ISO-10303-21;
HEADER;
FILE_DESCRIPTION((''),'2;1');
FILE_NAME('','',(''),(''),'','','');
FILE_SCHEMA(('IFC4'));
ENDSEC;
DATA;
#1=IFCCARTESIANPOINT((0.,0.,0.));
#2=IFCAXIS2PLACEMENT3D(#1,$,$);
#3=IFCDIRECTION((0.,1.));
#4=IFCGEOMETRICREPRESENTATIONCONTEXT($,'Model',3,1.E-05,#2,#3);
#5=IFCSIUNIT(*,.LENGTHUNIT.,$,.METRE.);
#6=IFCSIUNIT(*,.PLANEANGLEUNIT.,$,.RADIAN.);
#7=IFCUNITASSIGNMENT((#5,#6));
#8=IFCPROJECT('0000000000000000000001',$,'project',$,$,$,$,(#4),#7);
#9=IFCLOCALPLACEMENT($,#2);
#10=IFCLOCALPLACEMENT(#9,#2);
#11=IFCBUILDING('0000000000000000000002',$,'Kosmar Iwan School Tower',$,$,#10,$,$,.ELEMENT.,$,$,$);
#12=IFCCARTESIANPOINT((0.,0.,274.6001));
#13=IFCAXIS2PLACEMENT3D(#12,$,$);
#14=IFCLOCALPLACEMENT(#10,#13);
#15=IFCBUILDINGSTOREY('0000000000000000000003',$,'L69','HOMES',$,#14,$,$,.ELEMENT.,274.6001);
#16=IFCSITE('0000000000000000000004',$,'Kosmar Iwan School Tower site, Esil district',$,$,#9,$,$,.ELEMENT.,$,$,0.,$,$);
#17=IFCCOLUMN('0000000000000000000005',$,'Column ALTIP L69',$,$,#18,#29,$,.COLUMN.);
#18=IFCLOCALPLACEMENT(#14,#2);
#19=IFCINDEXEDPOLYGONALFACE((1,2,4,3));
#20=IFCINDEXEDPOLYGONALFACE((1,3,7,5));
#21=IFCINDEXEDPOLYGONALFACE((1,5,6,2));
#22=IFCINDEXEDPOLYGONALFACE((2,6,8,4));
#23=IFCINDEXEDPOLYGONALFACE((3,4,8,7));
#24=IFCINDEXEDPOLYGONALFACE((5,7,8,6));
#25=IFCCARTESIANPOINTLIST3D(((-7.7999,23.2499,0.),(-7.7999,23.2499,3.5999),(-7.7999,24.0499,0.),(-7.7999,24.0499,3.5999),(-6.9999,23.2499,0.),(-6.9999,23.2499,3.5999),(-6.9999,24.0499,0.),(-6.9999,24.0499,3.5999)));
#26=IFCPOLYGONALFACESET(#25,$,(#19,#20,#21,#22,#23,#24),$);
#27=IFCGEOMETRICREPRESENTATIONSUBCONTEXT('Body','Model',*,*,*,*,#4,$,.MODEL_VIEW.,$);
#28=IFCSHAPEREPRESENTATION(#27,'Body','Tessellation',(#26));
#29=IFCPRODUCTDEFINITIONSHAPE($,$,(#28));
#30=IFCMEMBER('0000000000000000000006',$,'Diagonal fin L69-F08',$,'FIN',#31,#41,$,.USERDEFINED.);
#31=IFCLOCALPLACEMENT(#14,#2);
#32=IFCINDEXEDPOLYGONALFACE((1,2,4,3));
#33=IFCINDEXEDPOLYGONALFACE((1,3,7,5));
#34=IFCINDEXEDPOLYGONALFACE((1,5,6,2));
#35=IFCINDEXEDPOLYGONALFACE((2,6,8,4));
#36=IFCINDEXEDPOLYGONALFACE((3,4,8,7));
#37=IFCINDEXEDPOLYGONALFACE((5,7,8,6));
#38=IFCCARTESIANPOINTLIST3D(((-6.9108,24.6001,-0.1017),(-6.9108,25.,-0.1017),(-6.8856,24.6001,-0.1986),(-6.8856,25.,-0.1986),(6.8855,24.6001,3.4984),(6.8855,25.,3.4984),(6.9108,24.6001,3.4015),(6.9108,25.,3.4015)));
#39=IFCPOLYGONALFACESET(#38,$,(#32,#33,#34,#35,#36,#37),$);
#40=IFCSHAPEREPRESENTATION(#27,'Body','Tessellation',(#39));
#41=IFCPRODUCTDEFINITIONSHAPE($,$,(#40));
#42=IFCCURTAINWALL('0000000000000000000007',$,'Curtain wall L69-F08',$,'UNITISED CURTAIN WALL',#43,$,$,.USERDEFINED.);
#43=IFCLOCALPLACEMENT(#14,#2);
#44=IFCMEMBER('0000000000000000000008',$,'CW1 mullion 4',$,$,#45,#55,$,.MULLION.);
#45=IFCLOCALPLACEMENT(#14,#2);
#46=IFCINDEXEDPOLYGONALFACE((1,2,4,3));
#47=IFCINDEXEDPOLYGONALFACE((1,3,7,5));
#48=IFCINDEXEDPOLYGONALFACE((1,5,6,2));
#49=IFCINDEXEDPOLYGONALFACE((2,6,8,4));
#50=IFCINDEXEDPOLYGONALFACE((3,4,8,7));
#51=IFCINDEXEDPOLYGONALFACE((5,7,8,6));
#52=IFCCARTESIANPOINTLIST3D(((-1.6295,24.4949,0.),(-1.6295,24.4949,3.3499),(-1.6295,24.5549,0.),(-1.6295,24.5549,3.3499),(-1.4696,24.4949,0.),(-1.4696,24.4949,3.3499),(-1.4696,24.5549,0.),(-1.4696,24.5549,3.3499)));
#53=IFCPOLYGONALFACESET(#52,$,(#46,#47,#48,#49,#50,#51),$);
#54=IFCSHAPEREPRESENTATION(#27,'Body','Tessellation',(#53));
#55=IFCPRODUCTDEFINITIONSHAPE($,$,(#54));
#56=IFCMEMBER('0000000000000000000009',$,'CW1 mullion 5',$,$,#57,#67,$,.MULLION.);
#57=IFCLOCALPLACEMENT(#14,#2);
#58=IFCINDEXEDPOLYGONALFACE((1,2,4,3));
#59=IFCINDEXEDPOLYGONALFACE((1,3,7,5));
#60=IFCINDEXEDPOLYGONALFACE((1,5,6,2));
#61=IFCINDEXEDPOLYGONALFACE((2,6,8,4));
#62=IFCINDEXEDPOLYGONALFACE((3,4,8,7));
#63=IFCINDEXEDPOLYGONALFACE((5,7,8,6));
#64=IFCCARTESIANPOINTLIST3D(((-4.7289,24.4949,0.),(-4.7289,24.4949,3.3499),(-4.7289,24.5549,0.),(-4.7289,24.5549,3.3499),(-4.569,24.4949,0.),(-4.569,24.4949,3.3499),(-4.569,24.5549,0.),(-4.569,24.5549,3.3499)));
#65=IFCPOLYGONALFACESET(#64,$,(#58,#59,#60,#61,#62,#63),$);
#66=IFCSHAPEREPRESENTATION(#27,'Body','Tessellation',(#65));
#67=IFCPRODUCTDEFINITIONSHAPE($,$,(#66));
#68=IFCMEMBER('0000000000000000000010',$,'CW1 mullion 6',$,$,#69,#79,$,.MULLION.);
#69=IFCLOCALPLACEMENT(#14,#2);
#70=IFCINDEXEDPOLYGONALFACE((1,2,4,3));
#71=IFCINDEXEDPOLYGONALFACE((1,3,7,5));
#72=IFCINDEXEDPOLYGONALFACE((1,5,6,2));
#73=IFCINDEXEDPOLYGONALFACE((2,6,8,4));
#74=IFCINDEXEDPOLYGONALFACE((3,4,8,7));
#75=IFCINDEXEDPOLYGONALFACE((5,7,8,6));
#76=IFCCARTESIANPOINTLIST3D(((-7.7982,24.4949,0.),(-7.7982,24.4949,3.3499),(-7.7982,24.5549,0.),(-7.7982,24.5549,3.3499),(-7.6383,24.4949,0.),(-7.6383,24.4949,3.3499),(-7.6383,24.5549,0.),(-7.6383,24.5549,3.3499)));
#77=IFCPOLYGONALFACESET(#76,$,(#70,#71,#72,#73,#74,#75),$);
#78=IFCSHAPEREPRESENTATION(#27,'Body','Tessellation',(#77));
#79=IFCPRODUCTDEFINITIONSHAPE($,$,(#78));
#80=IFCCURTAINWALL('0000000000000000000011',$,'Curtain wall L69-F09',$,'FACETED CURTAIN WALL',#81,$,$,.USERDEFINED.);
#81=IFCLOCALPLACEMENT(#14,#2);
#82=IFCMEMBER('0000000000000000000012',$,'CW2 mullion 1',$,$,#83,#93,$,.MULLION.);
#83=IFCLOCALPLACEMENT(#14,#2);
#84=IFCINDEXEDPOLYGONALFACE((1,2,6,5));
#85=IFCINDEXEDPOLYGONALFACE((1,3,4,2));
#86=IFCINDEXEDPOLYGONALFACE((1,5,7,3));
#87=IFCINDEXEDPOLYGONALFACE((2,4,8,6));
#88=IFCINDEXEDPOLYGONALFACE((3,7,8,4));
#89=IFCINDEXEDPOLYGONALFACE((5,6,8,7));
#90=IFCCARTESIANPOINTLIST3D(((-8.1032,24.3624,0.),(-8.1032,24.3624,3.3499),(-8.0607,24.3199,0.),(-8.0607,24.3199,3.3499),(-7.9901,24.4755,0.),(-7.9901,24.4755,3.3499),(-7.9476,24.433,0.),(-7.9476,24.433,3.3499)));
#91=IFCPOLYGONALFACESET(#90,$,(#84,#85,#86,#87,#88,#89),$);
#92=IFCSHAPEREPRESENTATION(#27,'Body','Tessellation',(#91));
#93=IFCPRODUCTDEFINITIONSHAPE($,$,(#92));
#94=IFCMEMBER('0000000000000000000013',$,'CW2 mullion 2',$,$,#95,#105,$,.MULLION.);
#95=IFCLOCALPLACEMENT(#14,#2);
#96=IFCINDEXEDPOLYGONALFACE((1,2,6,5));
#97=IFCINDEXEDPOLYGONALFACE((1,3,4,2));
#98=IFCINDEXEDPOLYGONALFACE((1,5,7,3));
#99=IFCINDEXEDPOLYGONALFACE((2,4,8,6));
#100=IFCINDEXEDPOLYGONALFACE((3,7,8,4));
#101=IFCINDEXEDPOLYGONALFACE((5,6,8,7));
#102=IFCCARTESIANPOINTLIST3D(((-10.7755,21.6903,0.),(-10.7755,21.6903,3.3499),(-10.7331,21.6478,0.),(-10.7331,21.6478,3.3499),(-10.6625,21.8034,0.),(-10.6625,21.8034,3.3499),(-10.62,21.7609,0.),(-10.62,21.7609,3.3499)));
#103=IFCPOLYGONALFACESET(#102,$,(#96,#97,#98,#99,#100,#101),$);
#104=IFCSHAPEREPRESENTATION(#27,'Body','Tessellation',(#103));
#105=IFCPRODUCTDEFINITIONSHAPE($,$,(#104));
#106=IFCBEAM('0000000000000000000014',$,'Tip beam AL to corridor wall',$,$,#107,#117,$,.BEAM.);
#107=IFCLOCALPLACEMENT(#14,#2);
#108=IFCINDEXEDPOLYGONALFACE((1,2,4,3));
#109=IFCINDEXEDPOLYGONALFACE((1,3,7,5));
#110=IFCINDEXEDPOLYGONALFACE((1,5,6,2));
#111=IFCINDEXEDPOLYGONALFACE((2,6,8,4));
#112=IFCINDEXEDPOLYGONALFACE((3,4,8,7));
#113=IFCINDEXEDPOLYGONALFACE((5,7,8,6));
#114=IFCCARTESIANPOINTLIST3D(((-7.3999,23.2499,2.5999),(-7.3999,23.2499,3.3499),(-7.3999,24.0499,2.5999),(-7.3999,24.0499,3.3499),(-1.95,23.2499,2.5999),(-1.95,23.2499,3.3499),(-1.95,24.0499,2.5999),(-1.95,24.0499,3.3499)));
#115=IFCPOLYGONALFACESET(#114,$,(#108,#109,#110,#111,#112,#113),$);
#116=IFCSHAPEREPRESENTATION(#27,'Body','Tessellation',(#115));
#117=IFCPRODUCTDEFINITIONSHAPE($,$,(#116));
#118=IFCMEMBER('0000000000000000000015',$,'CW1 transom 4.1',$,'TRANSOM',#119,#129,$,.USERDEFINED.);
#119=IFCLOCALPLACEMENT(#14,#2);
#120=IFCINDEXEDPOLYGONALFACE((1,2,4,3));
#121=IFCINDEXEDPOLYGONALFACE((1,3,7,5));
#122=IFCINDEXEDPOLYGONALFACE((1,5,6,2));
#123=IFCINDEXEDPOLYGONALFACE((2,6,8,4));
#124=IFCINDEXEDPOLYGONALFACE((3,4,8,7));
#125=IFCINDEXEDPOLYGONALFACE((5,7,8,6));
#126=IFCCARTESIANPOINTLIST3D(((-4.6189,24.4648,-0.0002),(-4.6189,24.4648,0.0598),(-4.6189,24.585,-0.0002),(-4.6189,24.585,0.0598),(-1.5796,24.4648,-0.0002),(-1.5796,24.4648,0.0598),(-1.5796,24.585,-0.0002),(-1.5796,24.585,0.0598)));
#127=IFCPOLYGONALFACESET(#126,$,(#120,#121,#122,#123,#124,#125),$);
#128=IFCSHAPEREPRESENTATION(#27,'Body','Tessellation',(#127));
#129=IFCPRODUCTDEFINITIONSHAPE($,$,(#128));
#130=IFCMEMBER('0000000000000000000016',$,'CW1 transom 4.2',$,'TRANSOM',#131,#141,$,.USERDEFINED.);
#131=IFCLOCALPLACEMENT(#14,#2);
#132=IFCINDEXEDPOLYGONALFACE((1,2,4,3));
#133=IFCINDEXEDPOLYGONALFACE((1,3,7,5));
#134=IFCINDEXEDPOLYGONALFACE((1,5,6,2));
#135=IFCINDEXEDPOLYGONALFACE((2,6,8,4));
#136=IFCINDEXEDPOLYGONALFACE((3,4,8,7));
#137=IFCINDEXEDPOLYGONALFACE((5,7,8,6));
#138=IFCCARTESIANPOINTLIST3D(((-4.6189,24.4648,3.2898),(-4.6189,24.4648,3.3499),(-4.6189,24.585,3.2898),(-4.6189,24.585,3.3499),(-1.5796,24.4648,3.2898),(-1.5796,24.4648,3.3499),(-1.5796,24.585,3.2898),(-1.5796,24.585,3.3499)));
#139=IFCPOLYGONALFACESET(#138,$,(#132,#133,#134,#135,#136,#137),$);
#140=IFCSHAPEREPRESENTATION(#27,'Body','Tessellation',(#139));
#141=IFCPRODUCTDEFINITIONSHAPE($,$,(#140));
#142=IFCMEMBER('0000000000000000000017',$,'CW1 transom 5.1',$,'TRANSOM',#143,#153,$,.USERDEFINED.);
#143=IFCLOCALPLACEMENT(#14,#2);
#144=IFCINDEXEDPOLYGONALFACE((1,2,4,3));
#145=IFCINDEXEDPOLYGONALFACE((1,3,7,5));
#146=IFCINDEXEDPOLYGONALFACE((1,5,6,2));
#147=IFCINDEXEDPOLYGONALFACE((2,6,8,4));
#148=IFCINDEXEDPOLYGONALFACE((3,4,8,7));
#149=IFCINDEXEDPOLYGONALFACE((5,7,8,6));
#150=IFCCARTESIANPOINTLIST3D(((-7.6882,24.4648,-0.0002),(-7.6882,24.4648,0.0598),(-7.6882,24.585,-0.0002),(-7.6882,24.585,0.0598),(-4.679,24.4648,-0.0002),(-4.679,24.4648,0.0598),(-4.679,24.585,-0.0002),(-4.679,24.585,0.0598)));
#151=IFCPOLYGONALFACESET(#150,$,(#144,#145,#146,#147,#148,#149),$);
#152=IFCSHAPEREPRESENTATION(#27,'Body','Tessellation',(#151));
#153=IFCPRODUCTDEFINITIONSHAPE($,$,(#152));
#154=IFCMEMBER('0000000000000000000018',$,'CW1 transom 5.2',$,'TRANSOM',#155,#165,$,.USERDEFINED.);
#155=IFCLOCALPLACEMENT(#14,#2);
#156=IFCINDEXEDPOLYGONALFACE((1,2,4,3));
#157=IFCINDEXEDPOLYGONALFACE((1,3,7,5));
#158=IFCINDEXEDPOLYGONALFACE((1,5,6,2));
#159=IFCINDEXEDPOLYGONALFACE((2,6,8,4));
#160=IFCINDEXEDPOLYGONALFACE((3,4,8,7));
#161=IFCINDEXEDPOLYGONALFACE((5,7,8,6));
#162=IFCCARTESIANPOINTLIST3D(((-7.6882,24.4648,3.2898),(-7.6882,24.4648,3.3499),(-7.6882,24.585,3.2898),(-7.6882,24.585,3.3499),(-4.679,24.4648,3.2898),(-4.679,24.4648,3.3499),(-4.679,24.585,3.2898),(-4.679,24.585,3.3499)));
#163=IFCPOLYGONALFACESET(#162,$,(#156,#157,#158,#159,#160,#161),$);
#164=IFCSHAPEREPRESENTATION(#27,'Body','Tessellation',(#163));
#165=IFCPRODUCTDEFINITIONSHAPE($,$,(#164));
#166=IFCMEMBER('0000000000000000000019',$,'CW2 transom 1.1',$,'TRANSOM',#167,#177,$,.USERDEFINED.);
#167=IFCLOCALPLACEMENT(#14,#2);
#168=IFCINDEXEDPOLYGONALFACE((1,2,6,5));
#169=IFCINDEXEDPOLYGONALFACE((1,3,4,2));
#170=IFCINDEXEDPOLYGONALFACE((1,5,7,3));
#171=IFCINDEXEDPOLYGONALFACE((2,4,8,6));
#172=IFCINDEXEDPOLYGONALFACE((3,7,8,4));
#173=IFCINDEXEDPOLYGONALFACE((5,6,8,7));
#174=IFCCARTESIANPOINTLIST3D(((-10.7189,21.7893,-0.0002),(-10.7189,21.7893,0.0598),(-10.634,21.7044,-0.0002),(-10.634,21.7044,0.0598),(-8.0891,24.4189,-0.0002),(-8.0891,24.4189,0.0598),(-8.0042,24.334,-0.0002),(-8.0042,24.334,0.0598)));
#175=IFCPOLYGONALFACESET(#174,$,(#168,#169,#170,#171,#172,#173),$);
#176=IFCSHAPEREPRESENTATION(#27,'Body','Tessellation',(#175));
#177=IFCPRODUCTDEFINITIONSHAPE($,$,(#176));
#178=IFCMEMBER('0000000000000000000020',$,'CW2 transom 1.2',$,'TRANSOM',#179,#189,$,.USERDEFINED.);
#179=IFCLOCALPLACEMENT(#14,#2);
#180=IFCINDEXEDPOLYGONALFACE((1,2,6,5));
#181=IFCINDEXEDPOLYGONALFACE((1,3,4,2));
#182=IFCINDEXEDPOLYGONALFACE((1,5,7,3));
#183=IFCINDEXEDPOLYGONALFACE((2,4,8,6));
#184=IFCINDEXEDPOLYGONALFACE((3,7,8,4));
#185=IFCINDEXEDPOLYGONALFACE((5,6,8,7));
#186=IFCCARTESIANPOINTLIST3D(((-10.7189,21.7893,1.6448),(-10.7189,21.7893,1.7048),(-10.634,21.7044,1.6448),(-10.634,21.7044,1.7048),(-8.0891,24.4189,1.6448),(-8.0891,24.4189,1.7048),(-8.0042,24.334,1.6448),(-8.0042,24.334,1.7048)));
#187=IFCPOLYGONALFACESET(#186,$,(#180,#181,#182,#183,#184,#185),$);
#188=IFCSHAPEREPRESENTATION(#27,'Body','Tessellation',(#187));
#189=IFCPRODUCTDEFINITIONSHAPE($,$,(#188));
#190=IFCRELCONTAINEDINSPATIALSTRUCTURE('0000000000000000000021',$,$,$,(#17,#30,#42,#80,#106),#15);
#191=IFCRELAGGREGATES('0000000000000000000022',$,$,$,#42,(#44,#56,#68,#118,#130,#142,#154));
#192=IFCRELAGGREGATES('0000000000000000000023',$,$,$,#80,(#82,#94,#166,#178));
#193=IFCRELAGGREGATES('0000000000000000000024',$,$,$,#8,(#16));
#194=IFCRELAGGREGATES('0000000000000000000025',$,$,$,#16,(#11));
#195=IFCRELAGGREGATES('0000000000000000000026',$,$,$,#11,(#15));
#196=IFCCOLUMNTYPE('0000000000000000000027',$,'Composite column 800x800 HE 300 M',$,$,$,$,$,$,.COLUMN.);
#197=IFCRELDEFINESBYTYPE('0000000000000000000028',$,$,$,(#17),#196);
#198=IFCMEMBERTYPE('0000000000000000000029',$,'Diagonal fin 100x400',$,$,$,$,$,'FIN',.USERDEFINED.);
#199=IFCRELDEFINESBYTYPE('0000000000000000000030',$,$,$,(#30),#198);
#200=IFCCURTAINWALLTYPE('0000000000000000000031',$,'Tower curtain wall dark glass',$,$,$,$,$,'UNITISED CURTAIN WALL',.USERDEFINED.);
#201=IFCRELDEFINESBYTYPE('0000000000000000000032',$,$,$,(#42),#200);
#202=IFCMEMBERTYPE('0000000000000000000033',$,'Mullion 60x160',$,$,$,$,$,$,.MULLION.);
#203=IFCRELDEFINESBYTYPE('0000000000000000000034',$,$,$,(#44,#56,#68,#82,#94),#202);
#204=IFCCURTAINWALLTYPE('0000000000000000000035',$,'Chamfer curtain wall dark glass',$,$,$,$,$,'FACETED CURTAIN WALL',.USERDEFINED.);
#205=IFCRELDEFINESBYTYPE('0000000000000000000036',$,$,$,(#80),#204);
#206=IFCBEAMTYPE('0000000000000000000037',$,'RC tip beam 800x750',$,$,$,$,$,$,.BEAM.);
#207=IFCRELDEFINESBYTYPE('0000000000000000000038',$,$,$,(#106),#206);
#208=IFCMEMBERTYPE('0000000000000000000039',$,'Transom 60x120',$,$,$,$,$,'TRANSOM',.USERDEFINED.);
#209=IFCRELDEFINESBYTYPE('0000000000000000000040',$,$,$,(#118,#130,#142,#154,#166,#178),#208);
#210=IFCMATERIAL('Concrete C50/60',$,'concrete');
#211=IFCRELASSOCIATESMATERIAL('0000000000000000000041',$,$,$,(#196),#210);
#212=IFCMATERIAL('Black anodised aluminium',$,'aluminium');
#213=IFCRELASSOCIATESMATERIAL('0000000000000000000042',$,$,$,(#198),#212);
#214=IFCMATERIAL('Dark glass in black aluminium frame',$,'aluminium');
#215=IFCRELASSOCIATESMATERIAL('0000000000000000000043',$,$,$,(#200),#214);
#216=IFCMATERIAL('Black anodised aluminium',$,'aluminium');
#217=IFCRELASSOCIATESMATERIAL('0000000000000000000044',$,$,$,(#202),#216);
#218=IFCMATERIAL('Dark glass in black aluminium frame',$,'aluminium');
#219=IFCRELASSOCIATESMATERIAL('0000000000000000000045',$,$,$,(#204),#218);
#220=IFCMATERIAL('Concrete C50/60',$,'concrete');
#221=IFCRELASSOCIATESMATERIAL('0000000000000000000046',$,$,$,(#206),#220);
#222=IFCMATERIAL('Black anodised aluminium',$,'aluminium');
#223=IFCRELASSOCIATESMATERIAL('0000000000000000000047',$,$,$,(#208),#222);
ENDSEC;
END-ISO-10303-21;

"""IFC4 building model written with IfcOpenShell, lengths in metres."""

from ifc_helpers import new_model, si_unit, direction, frame, origin, origin_2d, place, context, subcontext, project, spatial, rectangle, extrude, material, material_profile, profile_set, type_object, element, aggregate, save


model = new_model("IFC4")

# Units and contexts
model_context = context("Model", 3, precision=1e-05, world=origin(), true_north=direction((0.0, 1.0)))
body_context = subcontext(model_context, "Body", "Model", "MODEL_VIEW")
ifc_project = project(units=[si_unit("LENGTHUNIT", "METRE"), si_unit("PLANEANGLEUNIT", "RADIAN")], contexts=[model_context])

# Site, building, storey
site_placement = place(None, origin())
site = spatial("IfcSite", under=ifc_project, at=site_placement, Name="Kosmar Iwan School Tower site, Esil district", CompositionType="ELEMENT", RefElevation=0.0)
building_placement = place(site_placement, origin())
building = spatial("IfcBuilding", under=site, at=building_placement, Name="Kosmar Iwan School Tower", CompositionType="ELEMENT")
storey_placement = place(building_placement, frame((0.0, 0.0, 274.6001)))
storey = spatial("IfcBuildingStorey", under=building, at=storey_placement, Name="L69", Description="HOMES", CompositionType="ELEMENT", Elevation=274.6001)

# Column
ifc_material_1 = material(Name="Concrete C50/60", Category="concrete")
ifc_material_profile_1 = material_profile(ifc_material_1, rectangle(XDim=0.8, YDim=0.8, at=origin_2d()), Name="RC 800x800 + HE 300 M")
ifc_profile_set_1 = profile_set([ifc_material_profile_1], Name="Concrete C50/60")
column_type = type_object("IfcColumnType", Name="Composite column 800x800 HE 300 M", PredefinedType="COLUMN", material=ifc_profile_set_1)
column_placement = place(storey_placement, frame((-7.3999, 23.6499, 0.0), z_axis=(0.0, 0.0, 1.0), x_axis=(0.0, 1.0, 0.0)))
element("IfcColumn", 1, at=column_placement, inside=storey, type_object=column_type, Name="Column ALTIP L69", PredefinedType="COLUMN", context=body_context, shape_type="SweptSolid", body=[
    extrude(rectangle(XDim=0.8, YDim=0.8, at=origin_2d()), origin(), (0.0, 0.0, 1.0), 3.5999),
])

# Member
ifc_material_2 = material(Name="Black anodised aluminium", Category="aluminium")
ifc_material_profile_2 = material_profile(ifc_material_2, rectangle(XDim=0.1001, YDim=0.3999, at=origin_2d()), Name="FIN 100x400")
ifc_profile_set_2 = profile_set([ifc_material_profile_2], Name="Black anodised aluminium")
member_type_1 = type_object("IfcMemberType", Name="Diagonal fin 100x400", ElementType="FIN", PredefinedType="USERDEFINED", material=ifc_profile_set_2)
member_1_placement = place(storey_placement, frame((-6.8982, 24.8, -0.1501), z_axis=(0.967599, 0.0, 0.25249), x_axis=(-0.25249, 0.0, 0.967599)))
element("IfcMember", 2, at=member_1_placement, inside=storey, type_object=member_type_1, Name="Diagonal fin L69-F08", ObjectType="FIN", PredefinedType="USERDEFINED", context=body_context, shape_type="SweptSolid", body=[
    extrude(rectangle(XDim=0.1001, YDim=0.3999, at=origin_2d()), origin(), (0.0, 0.0, 1.0), 14.2583),
])

# Curtain walls, members
ifc_material_3 = material(Name="Dark glass in black aluminium frame", Category="aluminium")
curtain_wall_type_1 = type_object("IfcCurtainWallType", Name="Tower curtain wall dark glass", ElementType="UNITISED CURTAIN WALL", PredefinedType="USERDEFINED", material=ifc_material_3)
curtain_wall_1_placement = place(storey_placement, origin())
curtain_wall_1 = element("IfcCurtainWall", 3, at=curtain_wall_1_placement, inside=storey, type_object=curtain_wall_type_1, Name="Curtain wall L69-F08", ObjectType="UNITISED CURTAIN WALL", PredefinedType="USERDEFINED")
ifc_material_4 = material(Name="Black anodised aluminium", Category="aluminium")
ifc_material_profile_3 = material_profile(ifc_material_4, rectangle(XDim=0.0601, YDim=0.1599, at=origin_2d()), Name="MULLION 60x160")
ifc_profile_set_3 = profile_set([ifc_material_profile_3], Name="Black anodised aluminium")
member_type_2 = type_object("IfcMemberType", Name="Mullion 60x160", PredefinedType="MULLION", material=ifc_profile_set_3)
member_2_placement = place(storey_placement, frame((-1.5496, 24.5249, 0.0), z_axis=(0.0, 0.0, 1.0), x_axis=(0.0, -1.0, 0.0)))
member_2 = element("IfcMember", 4, at=member_2_placement, type_object=member_type_2, Name="CW1 mullion 4", PredefinedType="MULLION", context=body_context, shape_type="SweptSolid", body=[
    extrude(rectangle(XDim=0.0601, YDim=0.1599, at=origin_2d()), origin(), (0.0, 0.0, 1.0), 3.3499),
])
member_3_placement = place(storey_placement, frame((-4.6489, 24.5249, 0.0), z_axis=(0.0, 0.0, 1.0), x_axis=(0.0, -1.0, 0.0)))
member_3 = element("IfcMember", 5, at=member_3_placement, type_object=member_type_2, Name="CW1 mullion 5", PredefinedType="MULLION", context=body_context, shape_type="SweptSolid", body=[
    extrude(rectangle(XDim=0.0601, YDim=0.1599, at=origin_2d()), origin(), (0.0, 0.0, 1.0), 3.3499),
])
member_4_placement = place(storey_placement, frame((-7.7183, 24.5249, 0.0), z_axis=(0.0, 0.0, 1.0), x_axis=(0.0, -1.0, 0.0)))
member_4 = element("IfcMember", 6, at=member_4_placement, type_object=member_type_2, Name="CW1 mullion 6", PredefinedType="MULLION", context=body_context, shape_type="SweptSolid", body=[
    extrude(rectangle(XDim=0.0601, YDim=0.1599, at=origin_2d()), origin(), (0.0, 0.0, 1.0), 3.3499),
])
ifc_material_5 = material(Name="Dark glass in black aluminium frame", Category="aluminium")
curtain_wall_type_2 = type_object("IfcCurtainWallType", Name="Chamfer curtain wall dark glass", ElementType="FACETED CURTAIN WALL", PredefinedType="USERDEFINED", material=ifc_material_5)
curtain_wall_2_placement = place(storey_placement, origin())
curtain_wall_2 = element("IfcCurtainWall", 7, at=curtain_wall_2_placement, inside=storey, type_object=curtain_wall_type_2, Name="Curtain wall L69-F09", ObjectType="FACETED CURTAIN WALL", PredefinedType="USERDEFINED")
member_5_placement = place(storey_placement, frame((-8.0254, 24.3977, 0.0), z_axis=(0.0, 0.0, 1.0), x_axis=(0.707107, -0.707107, 0.0)))
member_5 = element("IfcMember", 8, at=member_5_placement, type_object=member_type_2, Name="CW2 mullion 1", PredefinedType="MULLION", context=body_context, shape_type="SweptSolid", body=[
    extrude(rectangle(XDim=0.0601, YDim=0.1599, at=origin_2d()), origin(), (0.0, 0.0, 1.0), 3.3499),
])
member_6_placement = place(storey_placement, frame((-10.6978, 21.7256, 0.0), z_axis=(0.0, 0.0, 1.0), x_axis=(0.707107, -0.707107, 0.0)))
member_6 = element("IfcMember", 9, at=member_6_placement, type_object=member_type_2, Name="CW2 mullion 2", PredefinedType="MULLION", context=body_context, shape_type="SweptSolid", body=[
    extrude(rectangle(XDim=0.0601, YDim=0.1599, at=origin_2d()), origin(), (0.0, 0.0, 1.0), 3.3499),
])

# Beam
ifc_material_6 = material(Name="Concrete C50/60", Category="concrete")
ifc_material_profile_4 = material_profile(ifc_material_6, rectangle(XDim=0.8, YDim=0.75, at=origin_2d()), Name="RC 800x750")
ifc_profile_set_4 = profile_set([ifc_material_profile_4], Name="Concrete C50/60")
beam_type = type_object("IfcBeamType", Name="RC tip beam 800x750", PredefinedType="BEAM", material=ifc_profile_set_4)
beam_placement = place(storey_placement, frame((-7.3999, 23.6499, 2.9749), z_axis=(1.0, 0.0, 0.0), x_axis=(0.0, 1.0, 0.0)))
element("IfcBeam", 10, at=beam_placement, inside=storey, type_object=beam_type, Name="Tip beam AL to corridor wall", PredefinedType="BEAM", context=body_context, shape_type="SweptSolid", body=[
    extrude(rectangle(XDim=0.8, YDim=0.75, at=origin_2d()), origin(), (0.0, 0.0, 1.0), 5.45),
])

# Members
ifc_material_7 = material(Name="Black anodised aluminium", Category="aluminium")
ifc_material_profile_5 = material_profile(ifc_material_7, rectangle(XDim=0.1201, YDim=0.0601, at=origin_2d()), Name="TRANSOM 60x120")
ifc_profile_set_5 = profile_set([ifc_material_profile_5], Name="Black anodised aluminium")
member_type_3 = type_object("IfcMemberType", Name="Transom 60x120", ElementType="TRANSOM", PredefinedType="USERDEFINED", material=ifc_profile_set_5)
member_7_placement = place(storey_placement, frame((-1.5796, 24.5249, 0.0298), z_axis=(-1.0, 0.0, 0.0), x_axis=(0.0, -1.0, 0.0)))
member_7 = element("IfcMember", 11, at=member_7_placement, type_object=member_type_3, Name="CW1 transom 4.1", ObjectType="TRANSOM", PredefinedType="USERDEFINED", context=body_context, shape_type="SweptSolid", body=[
    extrude(rectangle(XDim=0.1201, YDim=0.0601, at=origin_2d()), origin(), (0.0, 0.0, 1.0), 3.0393),
])
member_8_placement = place(storey_placement, frame((-1.5796, 24.5249, 3.3198), z_axis=(-1.0, 0.0, 0.0), x_axis=(0.0, -1.0, 0.0)))
member_8 = element("IfcMember", 12, at=member_8_placement, type_object=member_type_3, Name="CW1 transom 4.2", ObjectType="TRANSOM", PredefinedType="USERDEFINED", context=body_context, shape_type="SweptSolid", body=[
    extrude(rectangle(XDim=0.1201, YDim=0.0601, at=origin_2d()), origin(), (0.0, 0.0, 1.0), 3.0393),
])
member_9_placement = place(storey_placement, frame((-4.679, 24.5249, 0.0298), z_axis=(-1.0, 0.0, 0.0), x_axis=(0.0, -1.0, 0.0)))
member_9 = element("IfcMember", 13, at=member_9_placement, type_object=member_type_3, Name="CW1 transom 5.1", ObjectType="TRANSOM", PredefinedType="USERDEFINED", context=body_context, shape_type="SweptSolid", body=[
    extrude(rectangle(XDim=0.1201, YDim=0.0601, at=origin_2d()), origin(), (0.0, 0.0, 1.0), 3.0093),
])
member_10_placement = place(storey_placement, frame((-4.679, 24.5249, 3.3198), z_axis=(-1.0, 0.0, 0.0), x_axis=(0.0, -1.0, 0.0)))
member_10 = element("IfcMember", 14, at=member_10_placement, type_object=member_type_3, Name="CW1 transom 5.2", ObjectType="TRANSOM", PredefinedType="USERDEFINED", context=body_context, shape_type="SweptSolid", body=[
    extrude(rectangle(XDim=0.1201, YDim=0.0601, at=origin_2d()), origin(), (0.0, 0.0, 1.0), 3.0093),
])
member_11_placement = place(storey_placement, frame((-8.0466, 24.3765, 0.0298), z_axis=(-0.70714, -0.707074, 0.0), x_axis=(0.707074, -0.70714, 0.0)))
member_11 = element("IfcMember", 15, at=member_11_placement, type_object=member_type_3, Name="CW2 transom 1.1", ObjectType="TRANSOM", PredefinedType="USERDEFINED", context=body_context, shape_type="SweptSolid", body=[
    extrude(rectangle(XDim=0.1201, YDim=0.0601, at=origin_2d()), origin(), (0.0, 0.0, 1.0), 3.719),
])
member_12_placement = place(storey_placement, frame((-8.0466, 24.3765, 1.6748), z_axis=(-0.70714, -0.707074, 0.0), x_axis=(0.707074, -0.70714, 0.0)))
member_12 = element("IfcMember", 16, at=member_12_placement, type_object=member_type_3, Name="CW2 transom 1.2", ObjectType="TRANSOM", PredefinedType="USERDEFINED", context=body_context, shape_type="SweptSolid", body=[
    extrude(rectangle(XDim=0.1201, YDim=0.0601, at=origin_2d()), origin(), (0.0, 0.0, 1.0), 3.719),
])

aggregate(curtain_wall_1, [member_2, member_3, member_4, member_7, member_8, member_9, member_10])
aggregate(curtain_wall_2, [member_5, member_6, member_11, member_12])

save(model, "model.ifc")
